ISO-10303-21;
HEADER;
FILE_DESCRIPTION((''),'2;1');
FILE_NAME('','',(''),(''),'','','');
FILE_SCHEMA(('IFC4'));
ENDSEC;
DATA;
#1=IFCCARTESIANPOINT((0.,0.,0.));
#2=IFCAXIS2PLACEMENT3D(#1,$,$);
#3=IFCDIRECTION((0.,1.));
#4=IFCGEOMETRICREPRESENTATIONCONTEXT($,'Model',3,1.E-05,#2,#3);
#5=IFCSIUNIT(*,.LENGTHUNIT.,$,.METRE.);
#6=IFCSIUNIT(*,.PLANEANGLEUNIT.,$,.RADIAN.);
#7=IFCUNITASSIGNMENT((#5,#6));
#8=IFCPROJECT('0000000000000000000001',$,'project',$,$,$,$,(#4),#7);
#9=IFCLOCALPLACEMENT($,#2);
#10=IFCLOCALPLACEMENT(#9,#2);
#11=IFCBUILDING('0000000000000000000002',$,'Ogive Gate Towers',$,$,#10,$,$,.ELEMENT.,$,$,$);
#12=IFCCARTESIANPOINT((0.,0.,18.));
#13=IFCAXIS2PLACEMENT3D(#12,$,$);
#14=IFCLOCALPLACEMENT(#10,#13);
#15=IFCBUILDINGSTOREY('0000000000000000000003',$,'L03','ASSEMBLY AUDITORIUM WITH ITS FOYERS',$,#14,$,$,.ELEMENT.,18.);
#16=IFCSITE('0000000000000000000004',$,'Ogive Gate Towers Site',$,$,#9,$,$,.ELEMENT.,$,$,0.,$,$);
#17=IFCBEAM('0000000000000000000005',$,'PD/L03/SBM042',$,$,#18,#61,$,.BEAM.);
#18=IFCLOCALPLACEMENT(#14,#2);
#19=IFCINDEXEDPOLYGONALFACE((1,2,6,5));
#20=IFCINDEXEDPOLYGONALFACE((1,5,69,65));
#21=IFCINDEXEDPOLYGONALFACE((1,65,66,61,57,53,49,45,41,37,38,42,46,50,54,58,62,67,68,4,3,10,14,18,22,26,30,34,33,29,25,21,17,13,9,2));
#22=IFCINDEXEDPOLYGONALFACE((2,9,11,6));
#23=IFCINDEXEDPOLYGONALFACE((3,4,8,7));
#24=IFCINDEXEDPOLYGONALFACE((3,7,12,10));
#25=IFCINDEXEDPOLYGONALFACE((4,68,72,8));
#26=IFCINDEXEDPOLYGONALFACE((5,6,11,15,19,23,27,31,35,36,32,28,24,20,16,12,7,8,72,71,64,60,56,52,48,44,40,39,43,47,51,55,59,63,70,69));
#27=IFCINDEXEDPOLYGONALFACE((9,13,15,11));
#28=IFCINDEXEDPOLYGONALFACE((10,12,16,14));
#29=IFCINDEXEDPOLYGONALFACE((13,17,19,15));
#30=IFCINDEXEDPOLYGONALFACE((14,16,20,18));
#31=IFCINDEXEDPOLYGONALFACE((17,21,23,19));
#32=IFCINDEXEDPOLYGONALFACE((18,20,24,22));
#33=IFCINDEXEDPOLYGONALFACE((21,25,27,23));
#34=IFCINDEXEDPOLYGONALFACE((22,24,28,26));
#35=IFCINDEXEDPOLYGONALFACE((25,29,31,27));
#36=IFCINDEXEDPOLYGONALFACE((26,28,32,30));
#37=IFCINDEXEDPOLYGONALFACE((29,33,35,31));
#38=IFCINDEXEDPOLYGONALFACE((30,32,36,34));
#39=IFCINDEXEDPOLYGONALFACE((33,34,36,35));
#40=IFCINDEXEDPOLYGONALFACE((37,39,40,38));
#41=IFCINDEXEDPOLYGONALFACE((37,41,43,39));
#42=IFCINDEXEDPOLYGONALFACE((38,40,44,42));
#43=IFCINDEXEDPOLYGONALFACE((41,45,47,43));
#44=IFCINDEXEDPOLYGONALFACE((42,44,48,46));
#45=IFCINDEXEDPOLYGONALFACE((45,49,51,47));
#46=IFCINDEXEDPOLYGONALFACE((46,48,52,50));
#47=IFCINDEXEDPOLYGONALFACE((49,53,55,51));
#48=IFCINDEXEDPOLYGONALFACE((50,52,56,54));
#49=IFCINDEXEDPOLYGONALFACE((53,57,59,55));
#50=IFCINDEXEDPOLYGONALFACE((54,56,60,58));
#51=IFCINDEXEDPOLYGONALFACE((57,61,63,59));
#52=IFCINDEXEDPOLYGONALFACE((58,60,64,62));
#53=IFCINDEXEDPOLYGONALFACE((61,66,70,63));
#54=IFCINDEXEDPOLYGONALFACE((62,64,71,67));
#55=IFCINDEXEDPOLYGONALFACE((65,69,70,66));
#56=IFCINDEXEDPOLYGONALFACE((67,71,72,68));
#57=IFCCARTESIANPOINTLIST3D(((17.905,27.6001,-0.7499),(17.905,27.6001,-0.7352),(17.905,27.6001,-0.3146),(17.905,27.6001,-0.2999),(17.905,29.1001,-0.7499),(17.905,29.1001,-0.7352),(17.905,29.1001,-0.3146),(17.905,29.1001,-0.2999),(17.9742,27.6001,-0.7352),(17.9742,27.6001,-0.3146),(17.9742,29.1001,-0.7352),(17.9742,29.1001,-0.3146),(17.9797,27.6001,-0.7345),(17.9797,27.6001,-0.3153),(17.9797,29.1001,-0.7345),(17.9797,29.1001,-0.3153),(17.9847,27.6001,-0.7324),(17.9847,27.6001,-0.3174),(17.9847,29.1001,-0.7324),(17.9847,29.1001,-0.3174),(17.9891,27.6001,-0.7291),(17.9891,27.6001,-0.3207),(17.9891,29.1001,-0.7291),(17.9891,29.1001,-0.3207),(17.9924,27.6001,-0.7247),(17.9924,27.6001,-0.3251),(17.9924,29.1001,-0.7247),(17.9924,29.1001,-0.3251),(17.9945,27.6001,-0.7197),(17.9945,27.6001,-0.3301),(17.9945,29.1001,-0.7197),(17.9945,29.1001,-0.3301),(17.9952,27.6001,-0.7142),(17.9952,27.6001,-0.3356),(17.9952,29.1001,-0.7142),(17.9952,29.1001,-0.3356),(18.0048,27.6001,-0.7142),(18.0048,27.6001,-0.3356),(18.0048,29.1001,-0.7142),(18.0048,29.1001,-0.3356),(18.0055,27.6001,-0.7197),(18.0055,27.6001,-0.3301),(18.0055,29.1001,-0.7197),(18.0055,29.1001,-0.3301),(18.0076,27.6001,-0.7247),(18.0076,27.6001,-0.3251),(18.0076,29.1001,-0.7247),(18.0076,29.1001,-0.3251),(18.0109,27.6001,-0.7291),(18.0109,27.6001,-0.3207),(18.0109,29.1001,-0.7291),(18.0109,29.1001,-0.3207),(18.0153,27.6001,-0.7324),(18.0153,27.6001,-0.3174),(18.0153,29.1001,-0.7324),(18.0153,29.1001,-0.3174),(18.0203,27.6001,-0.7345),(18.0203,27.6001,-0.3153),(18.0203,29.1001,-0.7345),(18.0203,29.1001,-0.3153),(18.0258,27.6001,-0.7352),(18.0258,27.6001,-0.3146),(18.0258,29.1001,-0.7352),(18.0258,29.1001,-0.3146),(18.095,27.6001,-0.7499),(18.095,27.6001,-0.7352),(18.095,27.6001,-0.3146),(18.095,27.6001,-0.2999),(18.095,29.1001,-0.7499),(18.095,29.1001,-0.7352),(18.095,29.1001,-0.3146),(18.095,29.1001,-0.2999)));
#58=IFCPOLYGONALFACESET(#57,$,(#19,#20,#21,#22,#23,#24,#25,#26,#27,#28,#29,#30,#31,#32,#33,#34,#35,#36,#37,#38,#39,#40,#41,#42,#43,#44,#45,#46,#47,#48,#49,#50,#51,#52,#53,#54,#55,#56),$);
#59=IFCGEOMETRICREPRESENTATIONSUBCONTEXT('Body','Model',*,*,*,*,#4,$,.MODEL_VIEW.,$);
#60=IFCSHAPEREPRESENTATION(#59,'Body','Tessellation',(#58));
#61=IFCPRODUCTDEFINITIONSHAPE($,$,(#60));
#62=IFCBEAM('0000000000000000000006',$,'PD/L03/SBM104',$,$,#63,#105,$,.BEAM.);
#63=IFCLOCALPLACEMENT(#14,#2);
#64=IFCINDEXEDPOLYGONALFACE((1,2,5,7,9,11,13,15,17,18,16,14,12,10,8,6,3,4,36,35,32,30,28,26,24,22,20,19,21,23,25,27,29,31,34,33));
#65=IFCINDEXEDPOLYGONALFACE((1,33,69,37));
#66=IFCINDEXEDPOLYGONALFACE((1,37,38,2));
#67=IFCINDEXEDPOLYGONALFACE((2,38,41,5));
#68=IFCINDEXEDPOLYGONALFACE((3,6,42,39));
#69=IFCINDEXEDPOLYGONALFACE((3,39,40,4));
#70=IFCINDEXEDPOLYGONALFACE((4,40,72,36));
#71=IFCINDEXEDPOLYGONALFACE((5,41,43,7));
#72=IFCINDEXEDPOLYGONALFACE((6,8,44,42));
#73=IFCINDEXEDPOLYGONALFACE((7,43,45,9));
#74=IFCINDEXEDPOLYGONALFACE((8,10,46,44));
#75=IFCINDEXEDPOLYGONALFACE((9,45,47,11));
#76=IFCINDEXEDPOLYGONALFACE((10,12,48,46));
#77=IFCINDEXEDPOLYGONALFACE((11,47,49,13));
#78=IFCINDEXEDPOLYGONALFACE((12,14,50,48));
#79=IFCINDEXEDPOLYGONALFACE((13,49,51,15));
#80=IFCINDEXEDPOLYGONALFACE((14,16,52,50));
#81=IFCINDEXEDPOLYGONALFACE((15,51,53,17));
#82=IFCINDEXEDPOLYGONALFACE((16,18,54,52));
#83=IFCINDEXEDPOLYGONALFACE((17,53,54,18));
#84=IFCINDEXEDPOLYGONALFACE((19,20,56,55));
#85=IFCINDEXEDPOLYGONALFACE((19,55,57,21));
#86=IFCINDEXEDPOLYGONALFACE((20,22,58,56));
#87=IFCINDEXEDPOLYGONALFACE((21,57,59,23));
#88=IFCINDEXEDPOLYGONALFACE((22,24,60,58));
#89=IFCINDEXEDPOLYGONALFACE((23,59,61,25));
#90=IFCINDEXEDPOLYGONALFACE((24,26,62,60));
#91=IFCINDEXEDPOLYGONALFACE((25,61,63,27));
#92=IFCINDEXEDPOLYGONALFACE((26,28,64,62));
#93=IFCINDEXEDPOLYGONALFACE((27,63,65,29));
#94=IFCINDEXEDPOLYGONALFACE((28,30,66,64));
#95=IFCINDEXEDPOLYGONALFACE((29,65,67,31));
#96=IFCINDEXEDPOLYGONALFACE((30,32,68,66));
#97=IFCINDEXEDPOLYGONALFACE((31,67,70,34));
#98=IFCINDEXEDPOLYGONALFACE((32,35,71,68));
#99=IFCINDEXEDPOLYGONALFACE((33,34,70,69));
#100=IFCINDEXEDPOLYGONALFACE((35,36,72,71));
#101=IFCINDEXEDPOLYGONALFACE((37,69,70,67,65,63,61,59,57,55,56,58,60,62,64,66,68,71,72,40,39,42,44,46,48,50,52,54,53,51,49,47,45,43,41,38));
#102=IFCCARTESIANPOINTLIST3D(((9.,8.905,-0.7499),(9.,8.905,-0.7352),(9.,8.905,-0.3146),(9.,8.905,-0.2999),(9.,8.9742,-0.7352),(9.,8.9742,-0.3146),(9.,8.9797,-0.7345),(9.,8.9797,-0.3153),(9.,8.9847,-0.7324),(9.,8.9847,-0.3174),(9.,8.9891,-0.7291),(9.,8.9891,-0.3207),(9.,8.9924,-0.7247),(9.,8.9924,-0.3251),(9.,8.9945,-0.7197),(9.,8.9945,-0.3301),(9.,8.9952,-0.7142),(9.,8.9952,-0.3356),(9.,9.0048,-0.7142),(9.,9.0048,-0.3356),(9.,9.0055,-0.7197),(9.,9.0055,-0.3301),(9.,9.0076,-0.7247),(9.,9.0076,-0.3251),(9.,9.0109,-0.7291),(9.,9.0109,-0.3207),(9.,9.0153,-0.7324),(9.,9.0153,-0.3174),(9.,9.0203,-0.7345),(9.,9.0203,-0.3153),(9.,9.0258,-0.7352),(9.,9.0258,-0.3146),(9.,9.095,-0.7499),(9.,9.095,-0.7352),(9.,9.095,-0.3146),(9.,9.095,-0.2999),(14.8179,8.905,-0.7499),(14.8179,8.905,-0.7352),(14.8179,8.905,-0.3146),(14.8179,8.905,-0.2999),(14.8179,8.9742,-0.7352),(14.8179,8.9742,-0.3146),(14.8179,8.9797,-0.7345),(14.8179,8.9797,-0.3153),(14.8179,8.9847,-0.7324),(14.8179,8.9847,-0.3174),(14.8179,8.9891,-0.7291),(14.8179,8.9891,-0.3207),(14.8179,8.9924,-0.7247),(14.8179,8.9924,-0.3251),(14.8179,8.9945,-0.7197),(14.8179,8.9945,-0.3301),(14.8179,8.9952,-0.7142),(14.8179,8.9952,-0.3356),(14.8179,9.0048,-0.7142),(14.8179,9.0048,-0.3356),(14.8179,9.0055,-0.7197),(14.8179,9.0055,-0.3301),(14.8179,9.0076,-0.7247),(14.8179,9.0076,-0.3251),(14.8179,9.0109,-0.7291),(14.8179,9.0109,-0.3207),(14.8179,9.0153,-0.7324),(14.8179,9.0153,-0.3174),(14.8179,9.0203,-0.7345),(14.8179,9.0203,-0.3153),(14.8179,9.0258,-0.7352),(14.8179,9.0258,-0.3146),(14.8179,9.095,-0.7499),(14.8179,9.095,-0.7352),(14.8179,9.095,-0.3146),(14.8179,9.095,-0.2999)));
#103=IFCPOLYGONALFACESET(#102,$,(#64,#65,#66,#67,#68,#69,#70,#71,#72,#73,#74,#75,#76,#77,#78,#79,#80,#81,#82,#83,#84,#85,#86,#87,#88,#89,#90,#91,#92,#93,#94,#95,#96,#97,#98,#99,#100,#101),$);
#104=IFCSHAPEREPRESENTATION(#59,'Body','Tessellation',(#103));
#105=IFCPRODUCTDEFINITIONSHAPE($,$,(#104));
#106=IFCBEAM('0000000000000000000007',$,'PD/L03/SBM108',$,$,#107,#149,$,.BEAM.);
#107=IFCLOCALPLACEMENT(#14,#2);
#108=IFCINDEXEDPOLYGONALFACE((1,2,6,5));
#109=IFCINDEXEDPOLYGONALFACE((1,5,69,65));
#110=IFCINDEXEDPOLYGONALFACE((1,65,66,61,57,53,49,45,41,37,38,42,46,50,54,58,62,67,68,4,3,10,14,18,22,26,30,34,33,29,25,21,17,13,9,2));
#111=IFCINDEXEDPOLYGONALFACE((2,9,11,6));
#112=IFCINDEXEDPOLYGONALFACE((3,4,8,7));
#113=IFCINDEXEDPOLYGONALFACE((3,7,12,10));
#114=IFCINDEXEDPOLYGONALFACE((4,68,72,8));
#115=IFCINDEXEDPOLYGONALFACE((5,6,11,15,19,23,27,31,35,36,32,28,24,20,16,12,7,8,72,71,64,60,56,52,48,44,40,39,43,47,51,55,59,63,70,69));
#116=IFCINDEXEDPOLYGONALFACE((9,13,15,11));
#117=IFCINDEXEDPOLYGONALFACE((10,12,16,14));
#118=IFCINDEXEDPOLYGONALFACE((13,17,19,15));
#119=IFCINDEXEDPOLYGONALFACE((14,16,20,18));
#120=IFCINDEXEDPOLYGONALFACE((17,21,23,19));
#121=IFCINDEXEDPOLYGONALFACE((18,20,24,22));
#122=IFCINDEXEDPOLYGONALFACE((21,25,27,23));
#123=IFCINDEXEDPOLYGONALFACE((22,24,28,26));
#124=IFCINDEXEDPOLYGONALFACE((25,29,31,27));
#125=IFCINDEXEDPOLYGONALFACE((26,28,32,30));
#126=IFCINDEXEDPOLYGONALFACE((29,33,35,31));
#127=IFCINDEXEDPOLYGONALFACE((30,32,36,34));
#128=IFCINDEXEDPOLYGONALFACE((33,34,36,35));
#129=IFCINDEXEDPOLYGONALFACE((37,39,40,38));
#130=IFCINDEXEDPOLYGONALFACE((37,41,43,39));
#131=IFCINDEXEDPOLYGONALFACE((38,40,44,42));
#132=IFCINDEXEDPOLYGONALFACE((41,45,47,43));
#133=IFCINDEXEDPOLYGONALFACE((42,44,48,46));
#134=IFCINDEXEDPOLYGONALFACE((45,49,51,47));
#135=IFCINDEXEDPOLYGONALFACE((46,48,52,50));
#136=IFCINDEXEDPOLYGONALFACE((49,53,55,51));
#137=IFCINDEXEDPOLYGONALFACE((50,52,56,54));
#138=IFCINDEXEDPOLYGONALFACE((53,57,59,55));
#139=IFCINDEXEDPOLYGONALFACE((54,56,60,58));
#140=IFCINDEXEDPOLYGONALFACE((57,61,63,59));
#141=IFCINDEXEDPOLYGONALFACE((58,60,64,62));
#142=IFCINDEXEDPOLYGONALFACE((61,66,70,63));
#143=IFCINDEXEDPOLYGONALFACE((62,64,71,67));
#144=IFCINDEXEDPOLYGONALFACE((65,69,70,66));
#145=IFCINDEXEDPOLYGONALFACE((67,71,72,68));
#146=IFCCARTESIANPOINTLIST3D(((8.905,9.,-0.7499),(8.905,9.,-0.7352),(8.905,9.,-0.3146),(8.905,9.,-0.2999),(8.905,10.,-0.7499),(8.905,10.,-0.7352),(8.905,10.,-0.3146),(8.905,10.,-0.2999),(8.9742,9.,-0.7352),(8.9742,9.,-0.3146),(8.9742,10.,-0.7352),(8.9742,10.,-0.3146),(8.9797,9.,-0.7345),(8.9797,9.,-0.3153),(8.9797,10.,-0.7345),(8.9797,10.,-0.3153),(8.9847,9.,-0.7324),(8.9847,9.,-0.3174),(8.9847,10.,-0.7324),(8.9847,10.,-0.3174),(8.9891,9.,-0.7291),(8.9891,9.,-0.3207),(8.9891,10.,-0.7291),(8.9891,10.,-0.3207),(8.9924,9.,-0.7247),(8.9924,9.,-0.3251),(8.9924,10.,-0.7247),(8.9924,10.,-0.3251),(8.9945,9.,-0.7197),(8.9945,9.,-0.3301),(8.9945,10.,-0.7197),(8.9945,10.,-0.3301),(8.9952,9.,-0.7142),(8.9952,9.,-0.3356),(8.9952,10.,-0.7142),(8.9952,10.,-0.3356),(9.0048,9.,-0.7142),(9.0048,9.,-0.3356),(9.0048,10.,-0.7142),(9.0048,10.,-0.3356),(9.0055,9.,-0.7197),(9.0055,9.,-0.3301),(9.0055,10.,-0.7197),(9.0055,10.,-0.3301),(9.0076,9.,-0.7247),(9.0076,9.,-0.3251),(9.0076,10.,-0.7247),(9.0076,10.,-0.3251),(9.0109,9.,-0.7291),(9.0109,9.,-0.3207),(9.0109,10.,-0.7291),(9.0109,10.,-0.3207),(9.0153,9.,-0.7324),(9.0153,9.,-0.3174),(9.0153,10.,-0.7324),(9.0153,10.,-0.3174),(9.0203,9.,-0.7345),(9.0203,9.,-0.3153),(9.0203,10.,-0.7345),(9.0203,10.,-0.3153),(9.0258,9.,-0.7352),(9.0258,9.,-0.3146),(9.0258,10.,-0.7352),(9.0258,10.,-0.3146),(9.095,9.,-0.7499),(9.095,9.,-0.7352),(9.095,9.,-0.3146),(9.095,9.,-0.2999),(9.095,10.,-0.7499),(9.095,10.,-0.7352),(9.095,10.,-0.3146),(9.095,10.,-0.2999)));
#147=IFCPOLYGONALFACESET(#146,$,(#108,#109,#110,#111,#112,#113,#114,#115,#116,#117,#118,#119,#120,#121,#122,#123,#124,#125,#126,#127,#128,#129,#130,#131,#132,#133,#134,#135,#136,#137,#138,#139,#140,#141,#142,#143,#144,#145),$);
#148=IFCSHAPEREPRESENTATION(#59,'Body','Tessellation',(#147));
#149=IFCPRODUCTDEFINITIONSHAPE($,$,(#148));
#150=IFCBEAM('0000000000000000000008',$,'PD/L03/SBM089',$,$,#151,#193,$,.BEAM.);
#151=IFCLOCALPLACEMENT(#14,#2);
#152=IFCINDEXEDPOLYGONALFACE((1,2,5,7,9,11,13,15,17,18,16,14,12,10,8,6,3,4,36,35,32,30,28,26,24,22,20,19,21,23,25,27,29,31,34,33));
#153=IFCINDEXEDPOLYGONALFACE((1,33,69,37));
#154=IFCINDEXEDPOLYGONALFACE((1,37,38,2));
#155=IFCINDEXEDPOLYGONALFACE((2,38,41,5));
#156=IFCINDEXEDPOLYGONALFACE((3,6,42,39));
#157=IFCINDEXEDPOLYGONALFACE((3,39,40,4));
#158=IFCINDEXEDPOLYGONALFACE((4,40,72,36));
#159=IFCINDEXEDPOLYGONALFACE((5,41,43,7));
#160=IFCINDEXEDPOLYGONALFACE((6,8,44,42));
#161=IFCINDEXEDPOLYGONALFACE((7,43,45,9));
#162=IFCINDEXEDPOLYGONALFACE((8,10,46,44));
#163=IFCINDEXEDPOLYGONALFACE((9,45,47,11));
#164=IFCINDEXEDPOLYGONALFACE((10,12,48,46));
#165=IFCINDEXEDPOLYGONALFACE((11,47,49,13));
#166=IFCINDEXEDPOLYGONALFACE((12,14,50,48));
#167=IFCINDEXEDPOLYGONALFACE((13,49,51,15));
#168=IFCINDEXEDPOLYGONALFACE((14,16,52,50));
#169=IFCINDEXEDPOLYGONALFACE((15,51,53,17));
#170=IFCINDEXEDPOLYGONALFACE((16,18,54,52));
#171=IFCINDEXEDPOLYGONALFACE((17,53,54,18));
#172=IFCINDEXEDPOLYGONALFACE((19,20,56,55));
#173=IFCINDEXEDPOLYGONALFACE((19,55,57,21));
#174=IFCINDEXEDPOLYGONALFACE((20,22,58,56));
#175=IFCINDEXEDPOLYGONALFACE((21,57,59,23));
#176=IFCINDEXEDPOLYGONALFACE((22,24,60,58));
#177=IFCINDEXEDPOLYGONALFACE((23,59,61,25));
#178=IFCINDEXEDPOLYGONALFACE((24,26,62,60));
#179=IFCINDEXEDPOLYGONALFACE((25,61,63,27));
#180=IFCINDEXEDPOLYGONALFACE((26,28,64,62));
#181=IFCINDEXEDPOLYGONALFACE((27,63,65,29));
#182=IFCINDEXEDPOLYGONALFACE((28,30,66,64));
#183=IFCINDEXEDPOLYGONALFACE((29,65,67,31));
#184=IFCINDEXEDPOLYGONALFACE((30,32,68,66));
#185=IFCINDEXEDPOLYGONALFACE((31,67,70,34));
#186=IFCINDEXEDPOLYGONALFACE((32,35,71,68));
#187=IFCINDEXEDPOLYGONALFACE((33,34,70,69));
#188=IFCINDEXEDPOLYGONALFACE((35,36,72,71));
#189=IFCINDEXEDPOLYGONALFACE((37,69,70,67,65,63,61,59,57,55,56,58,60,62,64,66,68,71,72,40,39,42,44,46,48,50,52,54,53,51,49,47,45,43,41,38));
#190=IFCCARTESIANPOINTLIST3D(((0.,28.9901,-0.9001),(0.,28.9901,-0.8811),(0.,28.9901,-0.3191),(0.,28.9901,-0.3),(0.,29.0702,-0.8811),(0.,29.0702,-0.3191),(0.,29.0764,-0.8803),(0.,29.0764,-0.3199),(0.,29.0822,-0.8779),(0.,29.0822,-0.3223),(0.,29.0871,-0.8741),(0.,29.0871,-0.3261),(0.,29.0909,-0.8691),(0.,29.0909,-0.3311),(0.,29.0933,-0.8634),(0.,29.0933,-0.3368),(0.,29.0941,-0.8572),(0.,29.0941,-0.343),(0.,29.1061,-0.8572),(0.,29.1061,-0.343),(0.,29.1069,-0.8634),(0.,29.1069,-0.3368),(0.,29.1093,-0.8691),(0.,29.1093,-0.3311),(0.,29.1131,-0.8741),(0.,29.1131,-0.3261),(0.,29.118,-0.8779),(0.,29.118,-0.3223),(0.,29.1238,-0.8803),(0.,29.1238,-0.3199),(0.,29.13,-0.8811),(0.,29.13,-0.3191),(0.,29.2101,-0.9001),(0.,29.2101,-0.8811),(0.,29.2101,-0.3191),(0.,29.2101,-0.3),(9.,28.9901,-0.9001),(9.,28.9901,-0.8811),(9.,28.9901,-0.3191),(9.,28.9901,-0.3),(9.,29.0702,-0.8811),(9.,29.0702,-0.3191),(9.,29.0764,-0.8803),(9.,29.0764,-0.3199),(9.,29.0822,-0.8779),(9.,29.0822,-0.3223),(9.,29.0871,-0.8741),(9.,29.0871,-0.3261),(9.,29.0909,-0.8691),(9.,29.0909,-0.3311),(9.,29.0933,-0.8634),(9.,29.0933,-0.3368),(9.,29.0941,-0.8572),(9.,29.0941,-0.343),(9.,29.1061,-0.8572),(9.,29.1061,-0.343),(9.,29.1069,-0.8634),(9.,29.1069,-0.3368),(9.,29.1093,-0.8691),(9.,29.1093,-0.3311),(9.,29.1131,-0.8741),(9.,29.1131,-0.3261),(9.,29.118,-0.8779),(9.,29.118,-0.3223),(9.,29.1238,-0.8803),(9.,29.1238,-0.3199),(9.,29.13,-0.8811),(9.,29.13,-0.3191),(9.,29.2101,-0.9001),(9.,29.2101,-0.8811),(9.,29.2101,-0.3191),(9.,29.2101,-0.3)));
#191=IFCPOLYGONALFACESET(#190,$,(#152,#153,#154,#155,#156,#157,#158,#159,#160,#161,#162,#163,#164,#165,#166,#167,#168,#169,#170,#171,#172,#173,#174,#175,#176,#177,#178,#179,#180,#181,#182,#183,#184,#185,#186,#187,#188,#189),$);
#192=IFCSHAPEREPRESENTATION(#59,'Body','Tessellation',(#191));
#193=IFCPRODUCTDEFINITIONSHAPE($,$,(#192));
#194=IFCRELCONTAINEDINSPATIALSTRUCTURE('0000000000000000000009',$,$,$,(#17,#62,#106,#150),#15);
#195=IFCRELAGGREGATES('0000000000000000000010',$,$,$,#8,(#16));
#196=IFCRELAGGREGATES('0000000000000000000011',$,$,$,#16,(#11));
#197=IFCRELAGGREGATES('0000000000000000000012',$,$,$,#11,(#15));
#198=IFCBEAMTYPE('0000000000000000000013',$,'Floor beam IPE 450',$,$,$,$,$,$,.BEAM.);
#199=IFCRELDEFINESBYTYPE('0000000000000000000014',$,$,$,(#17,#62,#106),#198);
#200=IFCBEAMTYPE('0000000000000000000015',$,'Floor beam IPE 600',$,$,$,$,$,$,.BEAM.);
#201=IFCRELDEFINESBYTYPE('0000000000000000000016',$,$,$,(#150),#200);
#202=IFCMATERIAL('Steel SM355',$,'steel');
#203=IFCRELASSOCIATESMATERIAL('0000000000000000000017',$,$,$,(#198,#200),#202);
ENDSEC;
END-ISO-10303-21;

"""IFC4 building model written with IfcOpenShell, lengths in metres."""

from ifc_helpers import new_model, si_unit, direction, frame, origin, origin_2d, place, context, subcontext, project, spatial, i_section, extrude, material, material_profile, profile_set, type_object, element, save


model = new_model("IFC4")

# Units and contexts
model_context = context("Model", 3, precision=1e-05, world=origin(), true_north=direction((0.0, 1.0)))
body_context = subcontext(model_context, "Body", "Model", "MODEL_VIEW")
ifc_project = project(units=[si_unit("LENGTHUNIT", "METRE"), si_unit("PLANEANGLEUNIT", "RADIAN")], contexts=[model_context])

# Site, building, storey
site_placement = place(None, origin())
site = spatial("IfcSite", under=ifc_project, at=site_placement, Name="Ogive Gate Towers Site", CompositionType="ELEMENT", RefElevation=0.0)
building_placement = place(site_placement, origin())
building = spatial("IfcBuilding", under=site, at=building_placement, Name="Ogive Gate Towers", CompositionType="ELEMENT")
storey_placement = place(building_placement, frame((0.0, 0.0, 18.0)))
storey = spatial("IfcBuildingStorey", under=building, at=storey_placement, Name="L03", Description="ASSEMBLY AUDITORIUM WITH ITS FOYERS", CompositionType="ELEMENT", Elevation=18.0)

# Beams
ifc_material_1 = material(Name="Steel SM355", Category="steel")
ifc_material_profile_1 = material_profile(ifc_material_1, i_section(OverallWidth=0.1899, OverallDepth=0.45, WebThickness=0.0095, FlangeThickness=0.0146, FilletRadius=0.021, at=origin_2d()), Name="IPE 450")
ifc_profile_set_1 = profile_set([ifc_material_profile_1], Name="Steel SM355")
beam_type_1 = type_object("IfcBeamType", Name="Floor beam IPE 450", PredefinedType="BEAM", material=ifc_profile_set_1)
for number, where, z_axis, x_axis, name in (
    (1, (18.0, 27.6001, -0.5249), (0.0, 1.0, 0.0), (-1.0, 0.0, 0.0), "PD/L03/SBM042"),
):
    element("IfcBeam", number, at=place(storey_placement, frame(where, z_axis=z_axis, x_axis=x_axis)), inside=storey, type_object=beam_type_1, Name=name, PredefinedType="BEAM", context=body_context, shape_type="SweptSolid", body=[
        extrude(i_section(OverallWidth=0.1899, OverallDepth=0.45, WebThickness=0.0095, FlangeThickness=0.0146, FilletRadius=0.021, at=origin_2d()), origin(), (0.0, 0.0, 1.0), 1.5),
    ])
beam_1_placement = place(storey_placement, frame((9.0, 9.0, -0.5249), z_axis=(1.0, 0.0, 0.0), x_axis=(0.0, 1.0, 0.0)))
element("IfcBeam", 2, at=beam_1_placement, inside=storey, type_object=beam_type_1, Name="PD/L03/SBM104", PredefinedType="BEAM", context=body_context, shape_type="SweptSolid", body=[
    extrude(i_section(OverallWidth=0.1899, OverallDepth=0.45, WebThickness=0.0095, FlangeThickness=0.0146, FilletRadius=0.021, at=origin_2d()), origin(), (0.0, 0.0, 1.0), 5.8179),
])
beam_2_placement = place(storey_placement, frame((9.0, 9.0, -0.5249), z_axis=(0.0, 1.0, 0.0), x_axis=(-1.0, 0.0, 0.0)))
element("IfcBeam", 3, at=beam_2_placement, inside=storey, type_object=beam_type_1, Name="PD/L03/SBM108", PredefinedType="BEAM", context=body_context, shape_type="SweptSolid", body=[
    extrude(i_section(OverallWidth=0.1899, OverallDepth=0.45, WebThickness=0.0095, FlangeThickness=0.0146, FilletRadius=0.021, at=origin_2d()), origin(), (0.0, 0.0, 1.0), 1.0),
])
ifc_material_profile_2 = material_profile(ifc_material_1, i_section(OverallWidth=0.22, OverallDepth=0.6001, WebThickness=0.012, FlangeThickness=0.019, FilletRadius=0.0239, at=origin_2d()), Name="IPE 600")
ifc_profile_set_2 = profile_set([ifc_material_profile_2], Name="Steel SM355")
beam_type_2 = type_object("IfcBeamType", Name="Floor beam IPE 600", PredefinedType="BEAM", material=ifc_profile_set_2)
for number, where, z_axis, x_axis, name in (
    (4, (0.0, 29.1001, -0.6001), (1.0, 0.0, 0.0), (0.0, 1.0, 0.0), "PD/L03/SBM089"),
):
    element("IfcBeam", number, at=place(storey_placement, frame(where, z_axis=z_axis, x_axis=x_axis)), inside=storey, type_object=beam_type_2, Name=name, PredefinedType="BEAM", context=body_context, shape_type="SweptSolid", body=[
        extrude(i_section(OverallWidth=0.22, OverallDepth=0.6001, WebThickness=0.012, FlangeThickness=0.019, FilletRadius=0.0239, at=origin_2d()), origin(), (0.0, 0.0, 1.0), 9.0),
    ])

save(model, "model.ifc")
